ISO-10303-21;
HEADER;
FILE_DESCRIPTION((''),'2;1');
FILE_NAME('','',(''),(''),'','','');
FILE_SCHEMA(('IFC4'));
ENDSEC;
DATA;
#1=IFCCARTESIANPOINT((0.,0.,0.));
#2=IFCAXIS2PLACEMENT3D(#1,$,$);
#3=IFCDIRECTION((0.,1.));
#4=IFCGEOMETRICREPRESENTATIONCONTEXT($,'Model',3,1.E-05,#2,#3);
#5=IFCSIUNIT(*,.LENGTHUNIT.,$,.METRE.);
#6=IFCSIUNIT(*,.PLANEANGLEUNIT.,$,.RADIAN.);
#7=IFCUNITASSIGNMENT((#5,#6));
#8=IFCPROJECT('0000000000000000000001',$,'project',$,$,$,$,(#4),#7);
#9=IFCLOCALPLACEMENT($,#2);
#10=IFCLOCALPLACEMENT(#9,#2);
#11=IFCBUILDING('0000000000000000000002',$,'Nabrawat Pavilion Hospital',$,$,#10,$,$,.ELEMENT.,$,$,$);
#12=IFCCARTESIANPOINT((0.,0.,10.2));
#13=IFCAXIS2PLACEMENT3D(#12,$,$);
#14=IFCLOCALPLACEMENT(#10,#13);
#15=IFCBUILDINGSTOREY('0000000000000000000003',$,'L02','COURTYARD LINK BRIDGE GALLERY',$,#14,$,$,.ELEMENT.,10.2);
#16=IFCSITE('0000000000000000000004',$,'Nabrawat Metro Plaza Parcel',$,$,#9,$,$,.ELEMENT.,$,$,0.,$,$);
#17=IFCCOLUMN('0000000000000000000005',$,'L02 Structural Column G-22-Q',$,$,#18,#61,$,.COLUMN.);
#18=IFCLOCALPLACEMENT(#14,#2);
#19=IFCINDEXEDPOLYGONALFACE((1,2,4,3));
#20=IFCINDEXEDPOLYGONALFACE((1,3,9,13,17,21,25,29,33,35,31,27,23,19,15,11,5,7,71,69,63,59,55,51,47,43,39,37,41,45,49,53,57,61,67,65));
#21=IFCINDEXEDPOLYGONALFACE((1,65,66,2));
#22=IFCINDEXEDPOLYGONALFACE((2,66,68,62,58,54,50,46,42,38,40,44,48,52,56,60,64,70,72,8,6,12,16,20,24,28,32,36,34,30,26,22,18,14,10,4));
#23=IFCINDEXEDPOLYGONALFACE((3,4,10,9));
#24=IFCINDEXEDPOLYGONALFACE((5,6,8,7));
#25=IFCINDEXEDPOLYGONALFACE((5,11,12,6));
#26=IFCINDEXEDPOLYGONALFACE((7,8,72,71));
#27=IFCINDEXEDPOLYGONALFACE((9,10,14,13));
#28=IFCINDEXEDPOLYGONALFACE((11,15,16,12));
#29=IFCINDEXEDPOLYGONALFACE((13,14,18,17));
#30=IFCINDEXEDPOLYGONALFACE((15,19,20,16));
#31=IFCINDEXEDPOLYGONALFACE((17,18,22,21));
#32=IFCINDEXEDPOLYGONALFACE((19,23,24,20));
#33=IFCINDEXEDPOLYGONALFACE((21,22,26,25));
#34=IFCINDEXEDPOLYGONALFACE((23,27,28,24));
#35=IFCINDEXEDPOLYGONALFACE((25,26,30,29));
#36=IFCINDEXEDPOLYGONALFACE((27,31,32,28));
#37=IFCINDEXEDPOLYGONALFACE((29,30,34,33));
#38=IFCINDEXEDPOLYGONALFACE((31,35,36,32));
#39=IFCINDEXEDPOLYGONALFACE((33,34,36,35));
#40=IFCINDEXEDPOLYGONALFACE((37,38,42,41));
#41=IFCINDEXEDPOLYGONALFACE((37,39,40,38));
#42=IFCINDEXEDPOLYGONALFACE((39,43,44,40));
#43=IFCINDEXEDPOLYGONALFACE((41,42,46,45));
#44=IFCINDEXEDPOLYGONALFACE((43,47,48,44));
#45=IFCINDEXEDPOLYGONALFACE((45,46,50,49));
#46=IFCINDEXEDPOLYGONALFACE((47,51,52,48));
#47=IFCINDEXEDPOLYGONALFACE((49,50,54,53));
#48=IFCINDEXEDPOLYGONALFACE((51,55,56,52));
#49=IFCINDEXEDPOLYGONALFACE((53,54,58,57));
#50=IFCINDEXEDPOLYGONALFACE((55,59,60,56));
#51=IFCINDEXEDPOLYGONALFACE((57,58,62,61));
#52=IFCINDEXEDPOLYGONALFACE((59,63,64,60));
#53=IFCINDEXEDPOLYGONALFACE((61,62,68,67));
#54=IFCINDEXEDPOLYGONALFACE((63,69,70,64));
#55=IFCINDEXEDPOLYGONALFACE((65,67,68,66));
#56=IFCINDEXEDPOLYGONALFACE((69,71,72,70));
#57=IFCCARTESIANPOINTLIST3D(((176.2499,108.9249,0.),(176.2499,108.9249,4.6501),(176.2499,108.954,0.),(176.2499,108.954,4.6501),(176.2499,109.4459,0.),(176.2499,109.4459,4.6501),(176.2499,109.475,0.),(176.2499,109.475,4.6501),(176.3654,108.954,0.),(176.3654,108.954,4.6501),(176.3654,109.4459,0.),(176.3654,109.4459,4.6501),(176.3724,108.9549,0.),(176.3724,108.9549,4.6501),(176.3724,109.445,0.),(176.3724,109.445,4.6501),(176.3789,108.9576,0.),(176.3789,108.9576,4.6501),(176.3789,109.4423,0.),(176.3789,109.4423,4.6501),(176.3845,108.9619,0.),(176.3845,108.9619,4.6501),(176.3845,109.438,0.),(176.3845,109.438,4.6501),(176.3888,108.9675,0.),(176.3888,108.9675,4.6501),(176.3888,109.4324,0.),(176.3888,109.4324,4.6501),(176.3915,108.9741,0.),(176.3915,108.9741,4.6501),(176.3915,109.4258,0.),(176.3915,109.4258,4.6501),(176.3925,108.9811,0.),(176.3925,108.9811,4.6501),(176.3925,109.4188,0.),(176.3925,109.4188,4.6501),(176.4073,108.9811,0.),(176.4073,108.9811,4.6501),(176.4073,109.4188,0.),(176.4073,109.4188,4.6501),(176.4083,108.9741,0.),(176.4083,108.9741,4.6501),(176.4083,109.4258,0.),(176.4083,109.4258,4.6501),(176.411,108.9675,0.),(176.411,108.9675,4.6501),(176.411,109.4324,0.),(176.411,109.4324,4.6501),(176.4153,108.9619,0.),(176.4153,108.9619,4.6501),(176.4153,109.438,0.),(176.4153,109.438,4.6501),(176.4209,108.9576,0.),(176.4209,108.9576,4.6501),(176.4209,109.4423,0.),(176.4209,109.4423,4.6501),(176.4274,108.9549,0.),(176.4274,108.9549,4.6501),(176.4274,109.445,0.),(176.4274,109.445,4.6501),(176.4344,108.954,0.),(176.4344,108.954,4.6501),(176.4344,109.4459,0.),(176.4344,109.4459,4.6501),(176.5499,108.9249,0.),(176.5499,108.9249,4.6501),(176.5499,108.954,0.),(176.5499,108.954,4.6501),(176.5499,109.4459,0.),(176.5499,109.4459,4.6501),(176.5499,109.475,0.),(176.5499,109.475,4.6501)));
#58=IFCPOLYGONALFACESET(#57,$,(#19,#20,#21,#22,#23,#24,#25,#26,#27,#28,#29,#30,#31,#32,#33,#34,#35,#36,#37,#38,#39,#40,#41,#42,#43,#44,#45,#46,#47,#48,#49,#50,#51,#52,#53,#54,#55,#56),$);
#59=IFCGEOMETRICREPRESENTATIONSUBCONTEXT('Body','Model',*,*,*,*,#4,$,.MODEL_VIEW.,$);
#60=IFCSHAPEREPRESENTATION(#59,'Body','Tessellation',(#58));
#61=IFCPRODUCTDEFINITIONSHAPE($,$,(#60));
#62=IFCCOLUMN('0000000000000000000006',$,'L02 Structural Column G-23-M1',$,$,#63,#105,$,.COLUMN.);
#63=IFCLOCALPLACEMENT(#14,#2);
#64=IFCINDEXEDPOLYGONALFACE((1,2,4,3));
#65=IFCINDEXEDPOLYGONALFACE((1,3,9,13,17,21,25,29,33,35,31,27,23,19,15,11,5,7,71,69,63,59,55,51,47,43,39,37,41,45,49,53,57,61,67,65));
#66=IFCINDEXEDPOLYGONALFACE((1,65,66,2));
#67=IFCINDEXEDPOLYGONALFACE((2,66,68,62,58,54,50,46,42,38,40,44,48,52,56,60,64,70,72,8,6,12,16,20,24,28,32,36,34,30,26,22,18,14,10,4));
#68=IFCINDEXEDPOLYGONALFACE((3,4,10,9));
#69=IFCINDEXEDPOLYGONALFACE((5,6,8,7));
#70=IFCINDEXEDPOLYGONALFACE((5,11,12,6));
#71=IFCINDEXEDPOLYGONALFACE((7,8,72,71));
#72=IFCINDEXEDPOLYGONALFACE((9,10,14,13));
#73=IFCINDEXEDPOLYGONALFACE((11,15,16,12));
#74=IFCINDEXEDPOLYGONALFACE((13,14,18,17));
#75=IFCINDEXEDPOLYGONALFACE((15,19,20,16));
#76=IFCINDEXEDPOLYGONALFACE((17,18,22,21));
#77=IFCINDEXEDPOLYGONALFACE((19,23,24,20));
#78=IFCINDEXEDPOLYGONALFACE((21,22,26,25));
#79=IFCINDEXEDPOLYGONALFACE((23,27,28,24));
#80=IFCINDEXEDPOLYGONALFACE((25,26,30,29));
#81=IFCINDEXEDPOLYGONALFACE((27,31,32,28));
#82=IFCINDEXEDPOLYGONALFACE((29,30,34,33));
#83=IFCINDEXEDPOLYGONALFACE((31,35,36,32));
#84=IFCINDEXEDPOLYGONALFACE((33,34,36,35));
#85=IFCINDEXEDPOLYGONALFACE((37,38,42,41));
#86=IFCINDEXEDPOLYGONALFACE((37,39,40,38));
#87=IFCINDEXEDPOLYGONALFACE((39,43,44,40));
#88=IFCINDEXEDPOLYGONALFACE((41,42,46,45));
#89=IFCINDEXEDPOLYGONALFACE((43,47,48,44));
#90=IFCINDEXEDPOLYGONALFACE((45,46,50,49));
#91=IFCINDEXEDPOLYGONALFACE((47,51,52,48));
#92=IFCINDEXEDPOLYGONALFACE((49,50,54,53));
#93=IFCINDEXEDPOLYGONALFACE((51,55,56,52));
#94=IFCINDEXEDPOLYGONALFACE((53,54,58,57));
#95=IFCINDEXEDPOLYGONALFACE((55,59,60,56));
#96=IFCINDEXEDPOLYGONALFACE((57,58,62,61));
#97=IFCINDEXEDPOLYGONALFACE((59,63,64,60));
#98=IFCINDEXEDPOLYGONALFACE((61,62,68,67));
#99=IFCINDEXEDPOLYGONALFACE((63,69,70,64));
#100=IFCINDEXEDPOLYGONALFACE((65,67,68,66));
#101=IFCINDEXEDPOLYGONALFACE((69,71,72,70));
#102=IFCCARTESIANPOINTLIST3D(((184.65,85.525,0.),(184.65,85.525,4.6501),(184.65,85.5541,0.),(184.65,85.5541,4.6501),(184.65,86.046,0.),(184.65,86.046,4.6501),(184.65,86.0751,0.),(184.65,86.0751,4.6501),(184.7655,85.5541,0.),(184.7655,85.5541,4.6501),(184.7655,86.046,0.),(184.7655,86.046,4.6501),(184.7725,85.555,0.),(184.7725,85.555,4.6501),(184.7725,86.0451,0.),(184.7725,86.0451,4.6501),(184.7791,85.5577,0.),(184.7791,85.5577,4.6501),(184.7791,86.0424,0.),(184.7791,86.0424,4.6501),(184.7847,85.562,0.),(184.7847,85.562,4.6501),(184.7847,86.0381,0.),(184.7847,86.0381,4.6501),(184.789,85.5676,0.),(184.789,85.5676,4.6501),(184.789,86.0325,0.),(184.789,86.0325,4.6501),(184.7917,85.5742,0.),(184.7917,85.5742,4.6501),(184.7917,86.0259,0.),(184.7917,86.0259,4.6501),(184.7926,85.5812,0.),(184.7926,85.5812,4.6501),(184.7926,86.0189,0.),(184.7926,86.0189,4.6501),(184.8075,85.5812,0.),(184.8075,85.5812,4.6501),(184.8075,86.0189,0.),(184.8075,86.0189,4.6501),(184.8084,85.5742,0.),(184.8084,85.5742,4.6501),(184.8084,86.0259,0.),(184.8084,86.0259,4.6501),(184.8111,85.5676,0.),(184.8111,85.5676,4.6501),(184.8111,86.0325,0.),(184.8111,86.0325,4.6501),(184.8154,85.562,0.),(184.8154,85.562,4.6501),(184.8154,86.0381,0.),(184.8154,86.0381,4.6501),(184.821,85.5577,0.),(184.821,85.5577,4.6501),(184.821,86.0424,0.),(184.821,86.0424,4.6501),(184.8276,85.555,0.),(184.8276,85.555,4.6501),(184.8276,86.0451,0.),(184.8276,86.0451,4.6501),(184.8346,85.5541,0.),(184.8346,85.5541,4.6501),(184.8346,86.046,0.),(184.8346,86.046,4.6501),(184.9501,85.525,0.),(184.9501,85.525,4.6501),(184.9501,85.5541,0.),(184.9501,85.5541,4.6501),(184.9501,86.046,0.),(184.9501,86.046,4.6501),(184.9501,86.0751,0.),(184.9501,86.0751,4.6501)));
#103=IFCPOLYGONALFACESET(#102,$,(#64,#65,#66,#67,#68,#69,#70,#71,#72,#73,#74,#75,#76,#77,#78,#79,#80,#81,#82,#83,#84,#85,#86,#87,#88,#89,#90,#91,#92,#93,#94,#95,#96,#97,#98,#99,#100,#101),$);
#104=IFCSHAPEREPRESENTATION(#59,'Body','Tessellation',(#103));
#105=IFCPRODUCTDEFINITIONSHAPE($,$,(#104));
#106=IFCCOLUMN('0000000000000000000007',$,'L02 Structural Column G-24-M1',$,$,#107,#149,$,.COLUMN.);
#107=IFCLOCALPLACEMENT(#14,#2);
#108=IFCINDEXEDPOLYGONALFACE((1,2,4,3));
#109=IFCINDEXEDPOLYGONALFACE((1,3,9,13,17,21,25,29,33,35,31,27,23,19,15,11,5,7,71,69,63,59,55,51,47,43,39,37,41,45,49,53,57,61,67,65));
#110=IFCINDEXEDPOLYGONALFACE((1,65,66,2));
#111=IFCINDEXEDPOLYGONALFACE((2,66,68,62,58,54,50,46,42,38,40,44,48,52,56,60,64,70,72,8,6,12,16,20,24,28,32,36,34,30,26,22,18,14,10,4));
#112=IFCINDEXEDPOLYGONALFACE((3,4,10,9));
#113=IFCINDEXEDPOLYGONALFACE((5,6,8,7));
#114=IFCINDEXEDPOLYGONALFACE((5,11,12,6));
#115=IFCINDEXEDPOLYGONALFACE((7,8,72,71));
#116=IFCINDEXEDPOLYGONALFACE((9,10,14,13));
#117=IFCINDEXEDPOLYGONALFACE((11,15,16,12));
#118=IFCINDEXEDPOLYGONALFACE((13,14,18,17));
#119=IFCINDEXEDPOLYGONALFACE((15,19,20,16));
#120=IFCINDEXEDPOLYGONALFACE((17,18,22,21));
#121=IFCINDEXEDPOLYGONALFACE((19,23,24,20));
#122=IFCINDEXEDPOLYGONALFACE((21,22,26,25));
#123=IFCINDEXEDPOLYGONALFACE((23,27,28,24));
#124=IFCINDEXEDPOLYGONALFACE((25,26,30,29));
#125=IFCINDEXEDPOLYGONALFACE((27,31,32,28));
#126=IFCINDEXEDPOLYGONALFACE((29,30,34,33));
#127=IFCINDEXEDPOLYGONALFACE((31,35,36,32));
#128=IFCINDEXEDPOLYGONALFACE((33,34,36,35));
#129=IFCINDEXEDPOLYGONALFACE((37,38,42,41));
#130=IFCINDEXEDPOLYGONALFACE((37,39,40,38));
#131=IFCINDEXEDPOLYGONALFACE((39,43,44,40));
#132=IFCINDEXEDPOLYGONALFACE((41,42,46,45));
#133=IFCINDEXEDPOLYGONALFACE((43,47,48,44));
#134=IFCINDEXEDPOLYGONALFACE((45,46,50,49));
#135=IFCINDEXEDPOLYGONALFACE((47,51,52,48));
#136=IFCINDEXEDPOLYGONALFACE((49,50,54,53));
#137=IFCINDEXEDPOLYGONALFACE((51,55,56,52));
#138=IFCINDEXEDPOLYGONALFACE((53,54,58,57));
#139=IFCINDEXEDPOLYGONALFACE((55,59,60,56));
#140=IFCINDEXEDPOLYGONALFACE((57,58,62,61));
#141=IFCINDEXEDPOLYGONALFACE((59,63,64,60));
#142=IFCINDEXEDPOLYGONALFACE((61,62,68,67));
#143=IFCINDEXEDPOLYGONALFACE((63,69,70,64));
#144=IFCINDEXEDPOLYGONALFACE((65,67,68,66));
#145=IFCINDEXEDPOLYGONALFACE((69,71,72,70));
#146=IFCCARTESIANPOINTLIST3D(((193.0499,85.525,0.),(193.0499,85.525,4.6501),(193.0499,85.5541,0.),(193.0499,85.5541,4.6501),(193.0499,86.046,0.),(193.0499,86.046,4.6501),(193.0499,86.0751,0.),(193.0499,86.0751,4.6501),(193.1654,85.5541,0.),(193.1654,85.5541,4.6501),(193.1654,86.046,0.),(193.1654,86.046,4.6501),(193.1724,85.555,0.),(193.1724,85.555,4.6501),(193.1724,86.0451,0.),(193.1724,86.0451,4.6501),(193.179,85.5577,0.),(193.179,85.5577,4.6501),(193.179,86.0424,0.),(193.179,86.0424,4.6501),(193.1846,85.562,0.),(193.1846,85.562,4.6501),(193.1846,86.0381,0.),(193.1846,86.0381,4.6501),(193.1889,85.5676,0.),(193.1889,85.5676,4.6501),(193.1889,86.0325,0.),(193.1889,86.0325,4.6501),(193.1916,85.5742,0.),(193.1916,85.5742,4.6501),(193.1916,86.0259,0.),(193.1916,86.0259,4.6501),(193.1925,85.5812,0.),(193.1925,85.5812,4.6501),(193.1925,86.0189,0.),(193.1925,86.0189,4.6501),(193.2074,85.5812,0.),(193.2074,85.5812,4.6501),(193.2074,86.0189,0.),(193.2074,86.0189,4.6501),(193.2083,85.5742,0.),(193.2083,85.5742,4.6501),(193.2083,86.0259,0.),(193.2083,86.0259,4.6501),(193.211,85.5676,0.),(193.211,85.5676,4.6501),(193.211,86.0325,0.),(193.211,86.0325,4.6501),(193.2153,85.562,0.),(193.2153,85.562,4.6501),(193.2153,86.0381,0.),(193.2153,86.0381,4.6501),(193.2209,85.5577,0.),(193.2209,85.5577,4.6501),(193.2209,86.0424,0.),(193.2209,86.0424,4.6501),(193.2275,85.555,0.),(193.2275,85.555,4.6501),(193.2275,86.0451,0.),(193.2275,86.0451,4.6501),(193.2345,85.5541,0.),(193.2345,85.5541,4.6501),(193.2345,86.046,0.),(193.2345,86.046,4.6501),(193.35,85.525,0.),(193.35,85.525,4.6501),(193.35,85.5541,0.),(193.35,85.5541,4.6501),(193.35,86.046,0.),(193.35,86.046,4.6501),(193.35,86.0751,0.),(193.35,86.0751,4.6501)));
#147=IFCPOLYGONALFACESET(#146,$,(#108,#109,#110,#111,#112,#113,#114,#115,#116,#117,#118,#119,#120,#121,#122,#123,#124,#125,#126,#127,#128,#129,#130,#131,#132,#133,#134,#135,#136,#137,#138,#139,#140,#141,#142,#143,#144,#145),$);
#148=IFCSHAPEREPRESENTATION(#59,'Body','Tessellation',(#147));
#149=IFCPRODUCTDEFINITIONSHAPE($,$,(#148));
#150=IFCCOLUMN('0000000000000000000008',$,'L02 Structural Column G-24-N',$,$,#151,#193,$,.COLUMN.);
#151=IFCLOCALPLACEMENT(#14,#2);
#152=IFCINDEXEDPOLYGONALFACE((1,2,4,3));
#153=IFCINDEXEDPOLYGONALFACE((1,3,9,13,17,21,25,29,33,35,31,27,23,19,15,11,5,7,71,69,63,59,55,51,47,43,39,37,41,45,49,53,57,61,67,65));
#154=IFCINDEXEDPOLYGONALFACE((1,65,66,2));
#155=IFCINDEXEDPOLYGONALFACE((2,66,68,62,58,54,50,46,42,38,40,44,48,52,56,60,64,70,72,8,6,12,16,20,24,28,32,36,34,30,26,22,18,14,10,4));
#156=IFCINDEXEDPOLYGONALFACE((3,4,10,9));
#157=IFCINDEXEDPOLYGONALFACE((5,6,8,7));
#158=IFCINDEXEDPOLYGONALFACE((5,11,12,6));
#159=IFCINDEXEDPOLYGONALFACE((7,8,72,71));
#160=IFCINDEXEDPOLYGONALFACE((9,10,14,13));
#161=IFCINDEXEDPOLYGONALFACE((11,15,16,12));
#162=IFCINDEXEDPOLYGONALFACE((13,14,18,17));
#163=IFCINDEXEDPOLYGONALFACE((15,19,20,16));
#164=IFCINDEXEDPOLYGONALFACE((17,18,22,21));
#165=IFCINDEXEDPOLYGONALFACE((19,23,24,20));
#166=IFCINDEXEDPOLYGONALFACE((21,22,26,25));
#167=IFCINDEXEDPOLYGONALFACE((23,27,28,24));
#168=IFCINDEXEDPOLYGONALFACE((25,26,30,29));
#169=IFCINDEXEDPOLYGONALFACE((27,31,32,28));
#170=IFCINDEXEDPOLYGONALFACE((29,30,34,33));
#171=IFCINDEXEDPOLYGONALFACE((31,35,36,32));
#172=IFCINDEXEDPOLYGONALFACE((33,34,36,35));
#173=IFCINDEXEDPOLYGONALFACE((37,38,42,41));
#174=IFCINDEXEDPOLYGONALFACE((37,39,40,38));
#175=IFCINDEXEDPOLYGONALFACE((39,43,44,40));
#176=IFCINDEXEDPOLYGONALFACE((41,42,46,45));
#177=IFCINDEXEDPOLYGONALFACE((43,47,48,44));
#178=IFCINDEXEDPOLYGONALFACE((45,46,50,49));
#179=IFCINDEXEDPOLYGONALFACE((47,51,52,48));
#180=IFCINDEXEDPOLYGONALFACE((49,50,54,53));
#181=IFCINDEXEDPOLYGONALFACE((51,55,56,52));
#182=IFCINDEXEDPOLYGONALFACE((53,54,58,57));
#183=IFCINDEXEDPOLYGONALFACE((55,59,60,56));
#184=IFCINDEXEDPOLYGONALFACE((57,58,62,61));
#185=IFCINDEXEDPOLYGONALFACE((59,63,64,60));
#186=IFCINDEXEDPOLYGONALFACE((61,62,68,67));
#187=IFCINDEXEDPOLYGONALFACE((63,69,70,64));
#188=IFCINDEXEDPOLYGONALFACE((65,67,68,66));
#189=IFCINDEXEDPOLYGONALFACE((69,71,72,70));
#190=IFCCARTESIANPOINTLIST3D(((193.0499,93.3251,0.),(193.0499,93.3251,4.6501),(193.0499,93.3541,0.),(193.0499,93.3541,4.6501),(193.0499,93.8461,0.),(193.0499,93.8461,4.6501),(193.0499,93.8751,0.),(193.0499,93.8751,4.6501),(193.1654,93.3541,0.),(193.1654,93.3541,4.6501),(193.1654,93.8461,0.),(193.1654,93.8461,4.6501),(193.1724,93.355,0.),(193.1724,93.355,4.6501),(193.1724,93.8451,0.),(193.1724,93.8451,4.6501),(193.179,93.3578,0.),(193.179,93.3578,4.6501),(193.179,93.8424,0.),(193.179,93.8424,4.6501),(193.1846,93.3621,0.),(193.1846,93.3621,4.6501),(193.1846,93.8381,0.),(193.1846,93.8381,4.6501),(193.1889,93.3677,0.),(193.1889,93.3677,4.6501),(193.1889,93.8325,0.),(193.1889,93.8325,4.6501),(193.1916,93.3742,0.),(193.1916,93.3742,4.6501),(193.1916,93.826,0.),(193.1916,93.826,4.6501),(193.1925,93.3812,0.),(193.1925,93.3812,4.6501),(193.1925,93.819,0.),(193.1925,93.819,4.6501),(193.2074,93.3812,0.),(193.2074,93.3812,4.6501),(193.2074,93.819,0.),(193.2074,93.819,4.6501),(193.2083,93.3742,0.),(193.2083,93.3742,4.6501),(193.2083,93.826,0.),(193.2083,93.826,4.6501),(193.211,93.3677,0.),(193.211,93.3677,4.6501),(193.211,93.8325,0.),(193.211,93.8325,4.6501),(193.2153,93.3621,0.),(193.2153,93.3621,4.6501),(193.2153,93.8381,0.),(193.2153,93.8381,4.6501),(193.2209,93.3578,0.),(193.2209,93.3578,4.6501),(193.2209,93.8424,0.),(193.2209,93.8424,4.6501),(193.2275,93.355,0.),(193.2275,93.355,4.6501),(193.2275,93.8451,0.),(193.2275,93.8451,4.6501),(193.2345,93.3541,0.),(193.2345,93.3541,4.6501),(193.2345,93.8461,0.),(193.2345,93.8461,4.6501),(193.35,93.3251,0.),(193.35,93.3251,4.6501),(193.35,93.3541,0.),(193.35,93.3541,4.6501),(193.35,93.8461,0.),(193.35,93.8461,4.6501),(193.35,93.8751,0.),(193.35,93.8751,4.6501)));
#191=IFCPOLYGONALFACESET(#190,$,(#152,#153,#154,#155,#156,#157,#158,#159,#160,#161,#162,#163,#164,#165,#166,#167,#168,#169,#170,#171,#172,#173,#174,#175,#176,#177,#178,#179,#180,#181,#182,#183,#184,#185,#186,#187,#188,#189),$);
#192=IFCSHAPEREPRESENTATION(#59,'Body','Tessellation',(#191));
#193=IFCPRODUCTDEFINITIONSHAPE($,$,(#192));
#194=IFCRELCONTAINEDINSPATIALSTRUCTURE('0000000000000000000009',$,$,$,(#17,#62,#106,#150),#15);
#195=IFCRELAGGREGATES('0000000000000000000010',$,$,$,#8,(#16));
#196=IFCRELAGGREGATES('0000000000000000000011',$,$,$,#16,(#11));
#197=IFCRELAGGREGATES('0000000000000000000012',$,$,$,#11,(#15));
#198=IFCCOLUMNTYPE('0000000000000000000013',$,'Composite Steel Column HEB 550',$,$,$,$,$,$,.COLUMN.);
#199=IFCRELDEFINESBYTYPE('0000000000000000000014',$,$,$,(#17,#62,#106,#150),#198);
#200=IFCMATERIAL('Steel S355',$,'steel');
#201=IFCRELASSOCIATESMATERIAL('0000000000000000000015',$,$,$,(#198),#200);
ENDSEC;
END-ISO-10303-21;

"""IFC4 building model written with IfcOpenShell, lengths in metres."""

from ifc_helpers import new_model, si_unit, direction, frame, origin, origin_2d, place, context, subcontext, project, spatial, i_section, extrude, material, material_profile, profile_set, type_object, element, save


model = new_model("IFC4")

# Units and contexts
model_context = context("Model", 3, precision=1e-05, world=origin(), true_north=direction((0.0, 1.0)))
body_context = subcontext(model_context, "Body", "Model", "MODEL_VIEW")
ifc_project = project(units=[si_unit("LENGTHUNIT", "METRE"), si_unit("PLANEANGLEUNIT", "RADIAN")], contexts=[model_context])

# Site, building, storey
site_placement = place(None, origin())
site = spatial("IfcSite", under=ifc_project, at=site_placement, Name="Nabrawat Metro Plaza Parcel", CompositionType="ELEMENT", RefElevation=0.0)
building_placement = place(site_placement, origin())
building = spatial("IfcBuilding", under=site, at=building_placement, Name="Nabrawat Pavilion Hospital", CompositionType="ELEMENT")
storey_placement = place(building_placement, frame((0.0, 0.0, 10.2)))
storey = spatial("IfcBuildingStorey", under=building, at=storey_placement, Name="L02", Description="COURTYARD LINK BRIDGE GALLERY", CompositionType="ELEMENT", Elevation=10.2)

# Columns
ifc_material_1 = material(Name="Steel S355", Category="steel")
ifc_material_profile_1 = material_profile(ifc_material_1, i_section(OverallWidth=0.3, OverallDepth=0.55, WebThickness=0.0149, FlangeThickness=0.0291, FilletRadius=0.0271, at=origin_2d()), Name="HEB 550")
ifc_profile_set_1 = profile_set([ifc_material_profile_1], Name="Steel S355")
column_type = type_object("IfcColumnType", Name="Composite Steel Column HEB 550", PredefinedType="COLUMN", material=ifc_profile_set_1)
for number, where, z_axis, x_axis, name in (
    (1, (176.3999, 109.2, 0.0), (0.0, 0.0, 1.0), (1.0, 0.0, 0.0), "L02 Structural Column G-22-Q"),
    (2, (184.8, 85.8, 0.0), (0.0, 0.0, 1.0), (1.0, 0.0, 0.0), "L02 Structural Column G-23-M1"),
    (3, (193.2, 85.8, 0.0), (0.0, 0.0, 1.0), (1.0, 0.0, 0.0), "L02 Structural Column G-24-M1"),
    (4, (193.2, 93.6001, 0.0), (0.0, 0.0, 1.0), (1.0, 0.0, 0.0), "L02 Structural Column G-24-N"),
):
    element("IfcColumn", number, at=place(storey_placement, frame(where, z_axis=z_axis, x_axis=x_axis)), inside=storey, type_object=column_type, Name=name, PredefinedType="COLUMN", context=body_context, shape_type="SweptSolid", body=[
        extrude(i_section(OverallWidth=0.3, OverallDepth=0.55, WebThickness=0.0149, FlangeThickness=0.0291, FilletRadius=0.0271, at=origin_2d()), origin(), (0.0, 0.0, 1.0), 4.6501),
    ])

save(model, "model.ifc")
